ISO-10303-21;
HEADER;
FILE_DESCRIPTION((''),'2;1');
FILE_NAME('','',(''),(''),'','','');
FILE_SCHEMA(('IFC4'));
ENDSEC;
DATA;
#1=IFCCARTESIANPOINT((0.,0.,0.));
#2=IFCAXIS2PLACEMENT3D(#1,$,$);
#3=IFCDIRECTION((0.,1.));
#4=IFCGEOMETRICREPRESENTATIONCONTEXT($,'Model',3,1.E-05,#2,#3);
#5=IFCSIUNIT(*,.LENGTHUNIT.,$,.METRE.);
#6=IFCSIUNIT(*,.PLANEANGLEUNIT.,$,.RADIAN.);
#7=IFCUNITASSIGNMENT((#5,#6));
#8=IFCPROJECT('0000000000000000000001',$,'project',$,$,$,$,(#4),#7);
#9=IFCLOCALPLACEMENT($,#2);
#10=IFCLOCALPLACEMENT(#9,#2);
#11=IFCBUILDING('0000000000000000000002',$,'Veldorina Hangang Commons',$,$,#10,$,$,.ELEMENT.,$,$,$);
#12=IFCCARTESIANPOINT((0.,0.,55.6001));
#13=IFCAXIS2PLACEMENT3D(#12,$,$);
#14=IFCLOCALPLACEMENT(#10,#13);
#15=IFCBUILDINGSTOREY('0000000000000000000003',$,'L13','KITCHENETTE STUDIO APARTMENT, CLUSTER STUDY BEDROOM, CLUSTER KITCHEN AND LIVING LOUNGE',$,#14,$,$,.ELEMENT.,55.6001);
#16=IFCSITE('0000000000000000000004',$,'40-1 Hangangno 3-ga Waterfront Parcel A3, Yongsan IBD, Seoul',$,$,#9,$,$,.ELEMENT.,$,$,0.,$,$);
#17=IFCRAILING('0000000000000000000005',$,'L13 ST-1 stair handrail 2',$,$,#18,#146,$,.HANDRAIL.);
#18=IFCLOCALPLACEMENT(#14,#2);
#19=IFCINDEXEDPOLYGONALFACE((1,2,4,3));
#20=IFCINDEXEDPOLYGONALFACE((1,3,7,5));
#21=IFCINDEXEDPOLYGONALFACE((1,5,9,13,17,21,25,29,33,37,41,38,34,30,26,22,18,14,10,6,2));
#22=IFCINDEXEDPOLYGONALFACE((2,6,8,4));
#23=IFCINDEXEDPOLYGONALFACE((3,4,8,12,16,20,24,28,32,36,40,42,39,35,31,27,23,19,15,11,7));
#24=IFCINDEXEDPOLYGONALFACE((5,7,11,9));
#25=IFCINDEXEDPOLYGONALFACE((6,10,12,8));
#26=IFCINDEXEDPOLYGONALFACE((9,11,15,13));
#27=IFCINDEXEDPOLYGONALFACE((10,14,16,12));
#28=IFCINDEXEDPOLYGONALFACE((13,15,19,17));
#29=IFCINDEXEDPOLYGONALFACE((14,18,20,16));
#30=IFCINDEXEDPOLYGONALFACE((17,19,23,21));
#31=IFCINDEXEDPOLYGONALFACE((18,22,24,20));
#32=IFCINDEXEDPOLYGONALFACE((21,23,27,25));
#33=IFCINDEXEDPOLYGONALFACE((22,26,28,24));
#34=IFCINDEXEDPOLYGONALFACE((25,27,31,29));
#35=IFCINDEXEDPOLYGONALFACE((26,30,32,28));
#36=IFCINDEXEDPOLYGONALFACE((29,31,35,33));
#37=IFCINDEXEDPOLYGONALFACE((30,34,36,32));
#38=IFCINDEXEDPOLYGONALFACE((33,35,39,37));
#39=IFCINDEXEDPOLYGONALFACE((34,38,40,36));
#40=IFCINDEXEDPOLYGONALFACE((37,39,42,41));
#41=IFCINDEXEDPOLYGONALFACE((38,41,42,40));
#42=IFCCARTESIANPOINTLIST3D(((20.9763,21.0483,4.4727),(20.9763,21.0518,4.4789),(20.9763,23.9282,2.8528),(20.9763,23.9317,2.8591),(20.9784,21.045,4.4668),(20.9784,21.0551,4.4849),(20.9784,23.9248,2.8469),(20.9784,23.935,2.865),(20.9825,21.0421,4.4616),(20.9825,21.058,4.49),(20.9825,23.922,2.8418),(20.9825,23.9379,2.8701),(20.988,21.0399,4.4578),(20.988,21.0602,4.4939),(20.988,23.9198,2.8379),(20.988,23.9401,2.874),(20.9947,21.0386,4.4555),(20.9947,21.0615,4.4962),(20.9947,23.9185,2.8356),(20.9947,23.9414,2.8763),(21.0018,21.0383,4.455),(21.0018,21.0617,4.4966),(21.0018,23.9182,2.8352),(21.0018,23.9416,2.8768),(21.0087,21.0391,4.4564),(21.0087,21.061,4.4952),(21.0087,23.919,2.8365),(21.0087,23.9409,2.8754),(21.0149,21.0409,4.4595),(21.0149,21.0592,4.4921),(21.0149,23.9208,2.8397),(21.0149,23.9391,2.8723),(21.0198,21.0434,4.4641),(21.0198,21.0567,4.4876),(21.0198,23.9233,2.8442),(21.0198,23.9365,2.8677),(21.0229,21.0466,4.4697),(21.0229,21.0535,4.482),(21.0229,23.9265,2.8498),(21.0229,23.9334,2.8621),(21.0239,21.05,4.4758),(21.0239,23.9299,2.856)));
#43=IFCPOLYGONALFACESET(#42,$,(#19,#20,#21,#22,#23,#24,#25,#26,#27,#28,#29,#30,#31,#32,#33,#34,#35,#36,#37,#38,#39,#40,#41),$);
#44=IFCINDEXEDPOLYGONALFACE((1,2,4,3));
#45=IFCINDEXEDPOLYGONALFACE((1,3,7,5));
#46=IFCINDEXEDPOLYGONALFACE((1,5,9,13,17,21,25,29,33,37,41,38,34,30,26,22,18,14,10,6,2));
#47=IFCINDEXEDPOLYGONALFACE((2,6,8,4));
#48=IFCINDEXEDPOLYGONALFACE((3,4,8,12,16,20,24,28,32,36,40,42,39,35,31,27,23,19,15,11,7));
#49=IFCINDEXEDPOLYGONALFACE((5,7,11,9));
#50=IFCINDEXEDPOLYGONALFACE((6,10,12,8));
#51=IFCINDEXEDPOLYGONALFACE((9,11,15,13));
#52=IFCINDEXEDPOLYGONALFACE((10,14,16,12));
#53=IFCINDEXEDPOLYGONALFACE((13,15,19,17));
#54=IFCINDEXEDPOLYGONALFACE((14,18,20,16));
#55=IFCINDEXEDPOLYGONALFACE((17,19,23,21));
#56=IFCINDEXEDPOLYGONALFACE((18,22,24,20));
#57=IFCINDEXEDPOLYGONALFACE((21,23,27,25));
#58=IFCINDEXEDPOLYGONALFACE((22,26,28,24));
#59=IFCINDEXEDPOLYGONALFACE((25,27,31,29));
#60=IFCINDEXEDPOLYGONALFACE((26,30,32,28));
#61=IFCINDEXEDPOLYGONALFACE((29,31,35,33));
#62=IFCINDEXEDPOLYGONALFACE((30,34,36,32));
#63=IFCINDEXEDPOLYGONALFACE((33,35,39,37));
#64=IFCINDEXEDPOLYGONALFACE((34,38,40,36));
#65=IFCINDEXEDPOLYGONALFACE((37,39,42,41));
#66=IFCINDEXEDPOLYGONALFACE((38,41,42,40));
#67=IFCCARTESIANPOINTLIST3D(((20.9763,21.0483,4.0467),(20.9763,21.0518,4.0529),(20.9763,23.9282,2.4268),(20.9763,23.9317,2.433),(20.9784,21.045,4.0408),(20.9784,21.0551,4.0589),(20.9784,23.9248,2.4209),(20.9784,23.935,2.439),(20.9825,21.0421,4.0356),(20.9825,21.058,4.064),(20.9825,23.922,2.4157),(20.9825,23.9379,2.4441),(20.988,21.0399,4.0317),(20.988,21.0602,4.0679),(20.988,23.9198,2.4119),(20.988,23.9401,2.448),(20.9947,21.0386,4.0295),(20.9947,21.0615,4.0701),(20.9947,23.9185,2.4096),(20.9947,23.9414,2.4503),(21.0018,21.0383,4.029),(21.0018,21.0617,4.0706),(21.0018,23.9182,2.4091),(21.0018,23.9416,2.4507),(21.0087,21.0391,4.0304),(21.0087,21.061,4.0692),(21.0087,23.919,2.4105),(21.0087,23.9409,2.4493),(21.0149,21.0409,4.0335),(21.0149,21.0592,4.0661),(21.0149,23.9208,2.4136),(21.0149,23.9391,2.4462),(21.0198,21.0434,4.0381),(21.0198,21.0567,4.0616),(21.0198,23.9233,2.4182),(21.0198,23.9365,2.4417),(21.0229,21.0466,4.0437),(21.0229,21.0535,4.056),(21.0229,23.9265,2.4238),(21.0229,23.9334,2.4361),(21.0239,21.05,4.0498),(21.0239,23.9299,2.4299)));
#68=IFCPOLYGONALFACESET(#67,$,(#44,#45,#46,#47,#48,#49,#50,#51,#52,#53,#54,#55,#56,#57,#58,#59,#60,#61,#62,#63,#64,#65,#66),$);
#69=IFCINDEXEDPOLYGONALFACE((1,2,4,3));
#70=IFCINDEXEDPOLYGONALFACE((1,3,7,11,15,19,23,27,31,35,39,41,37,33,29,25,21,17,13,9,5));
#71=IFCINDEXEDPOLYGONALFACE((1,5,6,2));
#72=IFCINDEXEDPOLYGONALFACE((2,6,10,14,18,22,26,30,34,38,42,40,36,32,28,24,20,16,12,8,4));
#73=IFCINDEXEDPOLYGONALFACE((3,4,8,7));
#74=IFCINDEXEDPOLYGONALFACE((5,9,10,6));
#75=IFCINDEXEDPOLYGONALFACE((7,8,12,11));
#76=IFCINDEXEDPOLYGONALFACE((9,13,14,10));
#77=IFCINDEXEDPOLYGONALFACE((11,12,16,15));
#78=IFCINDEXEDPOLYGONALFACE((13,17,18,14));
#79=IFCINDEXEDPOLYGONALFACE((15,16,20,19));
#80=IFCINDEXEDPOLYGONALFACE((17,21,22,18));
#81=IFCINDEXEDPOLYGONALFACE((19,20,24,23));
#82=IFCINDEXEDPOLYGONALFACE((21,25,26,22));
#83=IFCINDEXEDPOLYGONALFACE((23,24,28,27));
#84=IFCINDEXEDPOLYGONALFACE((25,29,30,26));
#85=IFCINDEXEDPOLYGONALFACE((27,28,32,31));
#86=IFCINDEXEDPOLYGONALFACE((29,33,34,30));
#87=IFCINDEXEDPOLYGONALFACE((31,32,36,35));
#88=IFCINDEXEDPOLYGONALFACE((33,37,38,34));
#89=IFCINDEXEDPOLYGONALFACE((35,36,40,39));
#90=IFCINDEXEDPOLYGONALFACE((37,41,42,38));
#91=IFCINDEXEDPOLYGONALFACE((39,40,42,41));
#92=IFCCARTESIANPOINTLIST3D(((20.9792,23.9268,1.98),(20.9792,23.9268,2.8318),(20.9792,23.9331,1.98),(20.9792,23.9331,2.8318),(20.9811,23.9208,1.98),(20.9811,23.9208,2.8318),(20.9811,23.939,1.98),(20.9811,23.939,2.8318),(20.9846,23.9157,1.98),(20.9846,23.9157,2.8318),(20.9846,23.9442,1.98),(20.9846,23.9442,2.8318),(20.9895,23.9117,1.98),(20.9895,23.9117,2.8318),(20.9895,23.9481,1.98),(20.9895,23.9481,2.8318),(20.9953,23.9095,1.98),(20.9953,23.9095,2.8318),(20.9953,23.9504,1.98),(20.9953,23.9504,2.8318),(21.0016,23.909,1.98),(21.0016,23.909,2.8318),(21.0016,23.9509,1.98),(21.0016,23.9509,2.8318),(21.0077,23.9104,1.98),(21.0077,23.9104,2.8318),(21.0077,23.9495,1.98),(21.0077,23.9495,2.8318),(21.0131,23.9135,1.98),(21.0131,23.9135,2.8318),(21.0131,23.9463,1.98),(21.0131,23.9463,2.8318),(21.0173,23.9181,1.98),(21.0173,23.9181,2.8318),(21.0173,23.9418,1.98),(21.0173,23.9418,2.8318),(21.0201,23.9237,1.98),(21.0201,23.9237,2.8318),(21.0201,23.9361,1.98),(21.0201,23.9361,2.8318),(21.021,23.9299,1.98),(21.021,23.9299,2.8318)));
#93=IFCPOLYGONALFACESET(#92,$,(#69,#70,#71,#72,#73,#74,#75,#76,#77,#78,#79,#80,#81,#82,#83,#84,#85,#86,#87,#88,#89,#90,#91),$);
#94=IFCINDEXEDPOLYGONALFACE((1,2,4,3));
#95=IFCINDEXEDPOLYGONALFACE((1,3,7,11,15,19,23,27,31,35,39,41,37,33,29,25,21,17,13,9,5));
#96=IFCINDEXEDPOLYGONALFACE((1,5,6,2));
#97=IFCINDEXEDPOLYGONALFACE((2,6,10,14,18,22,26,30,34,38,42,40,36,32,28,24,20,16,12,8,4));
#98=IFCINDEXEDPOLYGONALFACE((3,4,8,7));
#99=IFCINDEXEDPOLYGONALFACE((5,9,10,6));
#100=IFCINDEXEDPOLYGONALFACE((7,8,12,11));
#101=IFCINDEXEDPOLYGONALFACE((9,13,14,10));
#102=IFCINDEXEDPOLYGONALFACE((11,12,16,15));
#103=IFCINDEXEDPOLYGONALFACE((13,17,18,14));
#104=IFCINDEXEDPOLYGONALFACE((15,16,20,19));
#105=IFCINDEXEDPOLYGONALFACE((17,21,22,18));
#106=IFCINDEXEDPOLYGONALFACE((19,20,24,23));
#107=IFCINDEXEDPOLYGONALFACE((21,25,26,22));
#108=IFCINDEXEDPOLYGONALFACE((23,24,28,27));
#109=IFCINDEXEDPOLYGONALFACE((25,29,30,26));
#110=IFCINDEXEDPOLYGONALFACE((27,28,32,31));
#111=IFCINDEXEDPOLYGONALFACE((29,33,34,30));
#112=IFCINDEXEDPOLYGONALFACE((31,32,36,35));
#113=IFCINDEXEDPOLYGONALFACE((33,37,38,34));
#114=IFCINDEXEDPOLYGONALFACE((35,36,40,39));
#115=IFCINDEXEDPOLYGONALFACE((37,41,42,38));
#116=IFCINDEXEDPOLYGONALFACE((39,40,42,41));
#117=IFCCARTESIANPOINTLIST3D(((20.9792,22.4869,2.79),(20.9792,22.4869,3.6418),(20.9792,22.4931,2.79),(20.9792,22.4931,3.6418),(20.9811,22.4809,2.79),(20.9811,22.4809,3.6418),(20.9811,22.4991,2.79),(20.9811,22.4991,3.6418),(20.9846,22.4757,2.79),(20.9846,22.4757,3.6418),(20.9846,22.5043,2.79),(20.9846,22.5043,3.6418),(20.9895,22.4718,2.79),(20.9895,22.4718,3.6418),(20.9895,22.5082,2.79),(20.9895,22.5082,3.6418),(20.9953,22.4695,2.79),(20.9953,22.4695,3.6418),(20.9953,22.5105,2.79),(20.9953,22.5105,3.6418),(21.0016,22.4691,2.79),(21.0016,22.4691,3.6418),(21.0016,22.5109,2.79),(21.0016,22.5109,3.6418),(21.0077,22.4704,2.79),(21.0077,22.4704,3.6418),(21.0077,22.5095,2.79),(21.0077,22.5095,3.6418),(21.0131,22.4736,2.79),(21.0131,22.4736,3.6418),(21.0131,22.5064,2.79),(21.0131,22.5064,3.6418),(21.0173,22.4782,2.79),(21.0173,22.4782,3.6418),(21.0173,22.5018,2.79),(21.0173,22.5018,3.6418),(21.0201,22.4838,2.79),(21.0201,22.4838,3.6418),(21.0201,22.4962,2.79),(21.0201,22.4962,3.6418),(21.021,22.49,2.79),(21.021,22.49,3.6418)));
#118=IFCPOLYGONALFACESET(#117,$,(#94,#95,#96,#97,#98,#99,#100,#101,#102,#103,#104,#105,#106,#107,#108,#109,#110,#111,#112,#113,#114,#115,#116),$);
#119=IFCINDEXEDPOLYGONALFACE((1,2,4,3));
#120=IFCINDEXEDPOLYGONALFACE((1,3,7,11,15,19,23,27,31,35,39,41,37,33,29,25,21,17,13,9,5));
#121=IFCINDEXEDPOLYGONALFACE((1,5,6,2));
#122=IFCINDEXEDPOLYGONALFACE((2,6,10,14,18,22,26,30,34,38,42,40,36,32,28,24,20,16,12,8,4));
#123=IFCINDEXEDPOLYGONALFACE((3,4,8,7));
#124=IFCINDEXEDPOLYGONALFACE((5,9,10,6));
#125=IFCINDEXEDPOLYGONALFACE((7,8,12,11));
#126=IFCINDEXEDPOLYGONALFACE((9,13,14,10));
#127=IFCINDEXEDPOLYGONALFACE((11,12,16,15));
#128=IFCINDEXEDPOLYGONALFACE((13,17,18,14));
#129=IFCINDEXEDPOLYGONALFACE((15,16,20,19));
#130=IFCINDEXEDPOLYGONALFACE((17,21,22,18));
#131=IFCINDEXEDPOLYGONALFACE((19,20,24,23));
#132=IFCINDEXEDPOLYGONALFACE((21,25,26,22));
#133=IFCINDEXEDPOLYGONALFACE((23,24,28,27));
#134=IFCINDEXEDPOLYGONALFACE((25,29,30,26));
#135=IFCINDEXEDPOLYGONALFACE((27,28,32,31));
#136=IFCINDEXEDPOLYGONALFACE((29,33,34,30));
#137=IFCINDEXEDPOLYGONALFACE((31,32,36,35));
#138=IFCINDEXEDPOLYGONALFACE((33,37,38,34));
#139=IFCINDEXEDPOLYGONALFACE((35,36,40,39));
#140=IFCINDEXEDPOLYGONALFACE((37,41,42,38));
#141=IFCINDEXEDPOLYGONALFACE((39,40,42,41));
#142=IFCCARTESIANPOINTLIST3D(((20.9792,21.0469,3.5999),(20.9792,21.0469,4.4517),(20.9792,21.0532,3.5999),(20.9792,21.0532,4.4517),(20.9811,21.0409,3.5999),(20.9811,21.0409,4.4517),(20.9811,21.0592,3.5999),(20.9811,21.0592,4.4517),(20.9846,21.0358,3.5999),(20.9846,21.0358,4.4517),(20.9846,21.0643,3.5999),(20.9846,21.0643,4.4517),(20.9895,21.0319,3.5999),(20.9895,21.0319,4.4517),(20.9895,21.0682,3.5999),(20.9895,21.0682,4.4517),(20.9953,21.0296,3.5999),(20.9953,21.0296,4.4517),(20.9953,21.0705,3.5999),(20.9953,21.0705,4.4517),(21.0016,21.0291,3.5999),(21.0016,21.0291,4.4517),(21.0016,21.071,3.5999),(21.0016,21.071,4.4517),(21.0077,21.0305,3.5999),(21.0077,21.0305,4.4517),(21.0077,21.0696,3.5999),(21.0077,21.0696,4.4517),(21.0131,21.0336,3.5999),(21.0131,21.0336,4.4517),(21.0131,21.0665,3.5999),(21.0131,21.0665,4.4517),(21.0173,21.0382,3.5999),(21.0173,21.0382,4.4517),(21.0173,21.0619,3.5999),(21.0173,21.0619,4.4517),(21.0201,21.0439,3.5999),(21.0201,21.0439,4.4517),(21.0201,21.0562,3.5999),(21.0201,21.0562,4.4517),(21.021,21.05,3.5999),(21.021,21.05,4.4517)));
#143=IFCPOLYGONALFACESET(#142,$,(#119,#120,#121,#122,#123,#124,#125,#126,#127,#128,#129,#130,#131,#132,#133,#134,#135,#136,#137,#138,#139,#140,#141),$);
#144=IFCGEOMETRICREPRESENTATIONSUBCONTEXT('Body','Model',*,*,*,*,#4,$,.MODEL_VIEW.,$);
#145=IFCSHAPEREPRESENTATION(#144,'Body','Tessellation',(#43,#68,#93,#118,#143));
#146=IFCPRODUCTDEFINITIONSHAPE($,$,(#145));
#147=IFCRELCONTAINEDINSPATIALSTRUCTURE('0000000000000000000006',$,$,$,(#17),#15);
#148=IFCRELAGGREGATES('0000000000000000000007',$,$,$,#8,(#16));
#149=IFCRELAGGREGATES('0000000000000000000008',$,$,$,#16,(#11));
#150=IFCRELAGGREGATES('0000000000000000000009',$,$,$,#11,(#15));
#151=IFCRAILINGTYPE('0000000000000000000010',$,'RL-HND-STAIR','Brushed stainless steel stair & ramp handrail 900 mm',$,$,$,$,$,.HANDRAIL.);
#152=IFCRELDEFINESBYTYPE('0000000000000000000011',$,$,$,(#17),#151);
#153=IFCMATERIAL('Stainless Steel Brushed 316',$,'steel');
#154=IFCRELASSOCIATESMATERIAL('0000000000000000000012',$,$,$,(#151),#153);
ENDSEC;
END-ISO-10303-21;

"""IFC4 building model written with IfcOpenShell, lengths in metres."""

from ifc_helpers import new_model, si_unit, direction, frame, origin, origin_2d, place, context, subcontext, project, spatial, circle, extrude, material, type_object, element, save


model = new_model("IFC4")

# Units and contexts
model_context = context("Model", 3, precision=1e-05, world=origin(), true_north=direction((0.0, 1.0)))
body_context = subcontext(model_context, "Body", "Model", "MODEL_VIEW")
ifc_project = project(units=[si_unit("LENGTHUNIT", "METRE"), si_unit("PLANEANGLEUNIT", "RADIAN")], contexts=[model_context])

# Site, building, storey
site_placement = place(None, origin())
site = spatial("IfcSite", under=ifc_project, at=site_placement, Name="40-1 Hangangno 3-ga Waterfront Parcel A3, Yongsan IBD, Seoul", CompositionType="ELEMENT", RefElevation=0.0)
building_placement = place(site_placement, origin())
building = spatial("IfcBuilding", under=site, at=building_placement, Name="Veldorina Hangang Commons", CompositionType="ELEMENT")
storey_placement = place(building_placement, frame((0.0, 0.0, 55.6001)))
storey = spatial("IfcBuildingStorey", under=building, at=storey_placement, Name="L13", Description="KITCHENETTE STUDIO APARTMENT, CLUSTER STUDY BEDROOM, CLUSTER KITCHEN AND LIVING LOUNGE", CompositionType="ELEMENT", Elevation=55.6001)

# Railing
ifc_material_1 = material(Name="Stainless Steel Brushed 316", Category="steel")
railing_type_1 = type_object("IfcRailingType", Name="RL-HND-STAIR", Description="Brushed stainless steel stair & ramp handrail 900 mm", PredefinedType="HANDRAIL", material=ifc_material_1)
railing_1_placement = place(storey_placement, frame((21.0, 23.9299, 1.98)))
element("IfcRailing", 1, at=railing_1_placement, inside=storey, type_object=railing_type_1, Name="L13 ST-1 stair handrail 2", PredefinedType="HANDRAIL", context=body_context, shape_type="SweptSolid", body=[
    extrude(circle(Radius=0.0239, at=origin_2d()), frame((0.0, 0.0, 0.876), z_axis=(0.0, -0.871583, 0.490247), x_axis=(1.0, 0.0, 0.0)), (0.0, 0.0, 1.0), 3.3042),
    extrude(circle(Radius=0.0239, at=origin_2d()), frame((0.0, 0.0, 0.45), z_axis=(0.0, -0.871583, 0.490247), x_axis=(1.0, 0.0, 0.0)), (0.0, 0.0, 1.0), 3.3042),
    extrude(circle(Radius=0.021, at=origin_2d()), origin(), (0.0, 0.0, 1.0), 0.8518),
    extrude(circle(Radius=0.021, at=origin_2d()), frame((0.0, -1.4399, 0.8101)), (0.0, 0.0, 1.0), 0.8518),
    extrude(circle(Radius=0.021, at=origin_2d()), frame((0.0, -2.8799, 1.6199)), (0.0, 0.0, 1.0), 0.8518),
])

save(model, "model.ifc")
